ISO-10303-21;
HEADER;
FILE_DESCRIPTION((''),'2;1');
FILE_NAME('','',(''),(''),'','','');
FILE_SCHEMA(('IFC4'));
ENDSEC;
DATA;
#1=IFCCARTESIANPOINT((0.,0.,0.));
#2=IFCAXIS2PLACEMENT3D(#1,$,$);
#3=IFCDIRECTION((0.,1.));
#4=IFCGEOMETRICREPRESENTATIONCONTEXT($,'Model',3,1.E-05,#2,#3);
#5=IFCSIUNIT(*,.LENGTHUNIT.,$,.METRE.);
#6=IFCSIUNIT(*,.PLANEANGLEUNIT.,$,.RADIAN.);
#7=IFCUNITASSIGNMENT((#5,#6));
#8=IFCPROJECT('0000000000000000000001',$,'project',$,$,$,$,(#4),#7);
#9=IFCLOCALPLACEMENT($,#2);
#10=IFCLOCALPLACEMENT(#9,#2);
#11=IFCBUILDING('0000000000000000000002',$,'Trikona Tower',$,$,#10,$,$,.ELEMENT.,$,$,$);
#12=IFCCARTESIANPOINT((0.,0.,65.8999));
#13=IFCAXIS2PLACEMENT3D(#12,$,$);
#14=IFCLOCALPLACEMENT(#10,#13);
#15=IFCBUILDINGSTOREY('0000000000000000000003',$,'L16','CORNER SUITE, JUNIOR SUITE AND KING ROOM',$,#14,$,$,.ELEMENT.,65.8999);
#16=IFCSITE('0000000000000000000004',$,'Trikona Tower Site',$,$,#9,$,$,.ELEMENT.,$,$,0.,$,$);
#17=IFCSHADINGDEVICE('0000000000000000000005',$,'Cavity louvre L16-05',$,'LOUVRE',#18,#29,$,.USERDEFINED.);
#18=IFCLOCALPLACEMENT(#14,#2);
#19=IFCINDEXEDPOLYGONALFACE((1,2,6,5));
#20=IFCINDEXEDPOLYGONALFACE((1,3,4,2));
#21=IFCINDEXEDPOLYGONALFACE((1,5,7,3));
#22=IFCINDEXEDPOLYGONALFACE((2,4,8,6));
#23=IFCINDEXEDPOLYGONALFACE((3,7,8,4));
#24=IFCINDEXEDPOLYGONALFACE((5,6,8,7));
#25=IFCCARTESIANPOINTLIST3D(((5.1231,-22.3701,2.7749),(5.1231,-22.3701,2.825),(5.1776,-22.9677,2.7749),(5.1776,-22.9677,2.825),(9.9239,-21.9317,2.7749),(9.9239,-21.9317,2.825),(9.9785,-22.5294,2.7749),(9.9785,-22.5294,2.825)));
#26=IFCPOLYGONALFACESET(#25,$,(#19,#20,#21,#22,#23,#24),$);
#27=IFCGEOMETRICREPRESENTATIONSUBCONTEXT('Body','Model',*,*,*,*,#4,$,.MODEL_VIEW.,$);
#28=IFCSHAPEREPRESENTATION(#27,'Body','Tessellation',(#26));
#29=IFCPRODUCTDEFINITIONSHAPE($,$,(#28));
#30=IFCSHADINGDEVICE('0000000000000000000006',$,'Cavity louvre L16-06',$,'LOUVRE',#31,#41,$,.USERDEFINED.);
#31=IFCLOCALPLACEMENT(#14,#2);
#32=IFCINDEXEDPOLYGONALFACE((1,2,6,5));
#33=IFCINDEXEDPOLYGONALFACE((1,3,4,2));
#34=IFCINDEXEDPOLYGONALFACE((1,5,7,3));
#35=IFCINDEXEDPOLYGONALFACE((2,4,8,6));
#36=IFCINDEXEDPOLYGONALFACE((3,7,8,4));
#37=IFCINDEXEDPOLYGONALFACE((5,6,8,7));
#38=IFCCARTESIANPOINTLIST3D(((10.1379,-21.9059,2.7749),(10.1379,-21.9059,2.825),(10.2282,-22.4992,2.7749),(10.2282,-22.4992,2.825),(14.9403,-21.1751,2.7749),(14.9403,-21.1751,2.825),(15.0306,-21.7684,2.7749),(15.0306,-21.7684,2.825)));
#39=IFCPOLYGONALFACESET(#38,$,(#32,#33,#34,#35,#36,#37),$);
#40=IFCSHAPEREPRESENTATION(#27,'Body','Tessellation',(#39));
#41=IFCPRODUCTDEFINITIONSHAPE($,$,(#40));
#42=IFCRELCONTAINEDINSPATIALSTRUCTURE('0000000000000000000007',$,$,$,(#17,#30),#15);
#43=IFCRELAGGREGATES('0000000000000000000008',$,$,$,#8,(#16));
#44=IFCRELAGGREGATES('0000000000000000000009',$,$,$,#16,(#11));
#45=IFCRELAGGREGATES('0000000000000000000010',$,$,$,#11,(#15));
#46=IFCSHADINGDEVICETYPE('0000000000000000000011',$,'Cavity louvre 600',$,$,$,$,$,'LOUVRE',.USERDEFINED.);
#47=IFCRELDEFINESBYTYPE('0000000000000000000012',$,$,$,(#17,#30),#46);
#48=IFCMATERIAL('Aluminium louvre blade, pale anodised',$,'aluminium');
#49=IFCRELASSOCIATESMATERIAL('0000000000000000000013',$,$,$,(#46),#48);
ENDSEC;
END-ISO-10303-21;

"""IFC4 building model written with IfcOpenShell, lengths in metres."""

from ifc_helpers import new_model, si_unit, direction, frame, origin, origin_2d, place, context, subcontext, project, spatial, rectangle, extrude, material, type_object, element, save


model = new_model("IFC4")

# Units and contexts
model_context = context("Model", 3, precision=1e-05, world=origin(), true_north=direction((0.0, 1.0)))
body_context = subcontext(model_context, "Body", "Model", "MODEL_VIEW")
ifc_project = project(units=[si_unit("LENGTHUNIT", "METRE"), si_unit("PLANEANGLEUNIT", "RADIAN")], contexts=[model_context])

# Site, building, storey
site_placement = place(None, origin())
site = spatial("IfcSite", under=ifc_project, at=site_placement, Name="Trikona Tower Site", CompositionType="ELEMENT", RefElevation=0.0)
building_placement = place(site_placement, origin())
building = spatial("IfcBuilding", under=site, at=building_placement, Name="Trikona Tower", CompositionType="ELEMENT")
storey_placement = place(building_placement, frame((0.0, 0.0, 65.8999)))
storey = spatial("IfcBuildingStorey", under=building, at=storey_placement, Name="L16", Description="CORNER SUITE, JUNIOR SUITE AND KING ROOM", CompositionType="ELEMENT", Elevation=65.8999)

# Shading devices
ifc_material_1 = material(Name="Aluminium louvre blade, pale anodised", Category="aluminium")
shading_device_type = type_object("IfcShadingDeviceType", Name="Cavity louvre 600", ElementType="LOUVRE", PredefinedType="USERDEFINED", material=ifc_material_1)
shading_device_1_placement = place(storey_placement, frame((7.5508, -22.4497, 2.7749), z_axis=(0.0, 0.0, 1.0), x_axis=(0.995858, 0.090921, 0.0)))
element("IfcShadingDevice", 1, at=shading_device_1_placement, inside=storey, type_object=shading_device_type, Name="Cavity louvre L16-05", ObjectType="LOUVRE", PredefinedType="USERDEFINED", context=body_context, shape_type="SweptSolid", body=[
    extrude(rectangle(XDim=4.8208, YDim=0.6001, at=origin_2d()), origin(), (0.0, 0.0, 1.0), 0.05),
])
shading_device_2_placement = place(storey_placement, frame((12.5842, -21.8372, 2.7749), z_axis=(0.0, 0.0, 1.0), x_axis=(0.988618, 0.150448, 0.0)))
element("IfcShadingDevice", 2, at=shading_device_2_placement, inside=storey, type_object=shading_device_type, Name="Cavity louvre L16-06", ObjectType="LOUVRE", PredefinedType="USERDEFINED", context=body_context, shape_type="SweptSolid", body=[
    extrude(rectangle(XDim=4.8577, YDim=0.6001, at=origin_2d()), origin(), (0.0, 0.0, 1.0), 0.05),
])

save(model, "model.ifc")
